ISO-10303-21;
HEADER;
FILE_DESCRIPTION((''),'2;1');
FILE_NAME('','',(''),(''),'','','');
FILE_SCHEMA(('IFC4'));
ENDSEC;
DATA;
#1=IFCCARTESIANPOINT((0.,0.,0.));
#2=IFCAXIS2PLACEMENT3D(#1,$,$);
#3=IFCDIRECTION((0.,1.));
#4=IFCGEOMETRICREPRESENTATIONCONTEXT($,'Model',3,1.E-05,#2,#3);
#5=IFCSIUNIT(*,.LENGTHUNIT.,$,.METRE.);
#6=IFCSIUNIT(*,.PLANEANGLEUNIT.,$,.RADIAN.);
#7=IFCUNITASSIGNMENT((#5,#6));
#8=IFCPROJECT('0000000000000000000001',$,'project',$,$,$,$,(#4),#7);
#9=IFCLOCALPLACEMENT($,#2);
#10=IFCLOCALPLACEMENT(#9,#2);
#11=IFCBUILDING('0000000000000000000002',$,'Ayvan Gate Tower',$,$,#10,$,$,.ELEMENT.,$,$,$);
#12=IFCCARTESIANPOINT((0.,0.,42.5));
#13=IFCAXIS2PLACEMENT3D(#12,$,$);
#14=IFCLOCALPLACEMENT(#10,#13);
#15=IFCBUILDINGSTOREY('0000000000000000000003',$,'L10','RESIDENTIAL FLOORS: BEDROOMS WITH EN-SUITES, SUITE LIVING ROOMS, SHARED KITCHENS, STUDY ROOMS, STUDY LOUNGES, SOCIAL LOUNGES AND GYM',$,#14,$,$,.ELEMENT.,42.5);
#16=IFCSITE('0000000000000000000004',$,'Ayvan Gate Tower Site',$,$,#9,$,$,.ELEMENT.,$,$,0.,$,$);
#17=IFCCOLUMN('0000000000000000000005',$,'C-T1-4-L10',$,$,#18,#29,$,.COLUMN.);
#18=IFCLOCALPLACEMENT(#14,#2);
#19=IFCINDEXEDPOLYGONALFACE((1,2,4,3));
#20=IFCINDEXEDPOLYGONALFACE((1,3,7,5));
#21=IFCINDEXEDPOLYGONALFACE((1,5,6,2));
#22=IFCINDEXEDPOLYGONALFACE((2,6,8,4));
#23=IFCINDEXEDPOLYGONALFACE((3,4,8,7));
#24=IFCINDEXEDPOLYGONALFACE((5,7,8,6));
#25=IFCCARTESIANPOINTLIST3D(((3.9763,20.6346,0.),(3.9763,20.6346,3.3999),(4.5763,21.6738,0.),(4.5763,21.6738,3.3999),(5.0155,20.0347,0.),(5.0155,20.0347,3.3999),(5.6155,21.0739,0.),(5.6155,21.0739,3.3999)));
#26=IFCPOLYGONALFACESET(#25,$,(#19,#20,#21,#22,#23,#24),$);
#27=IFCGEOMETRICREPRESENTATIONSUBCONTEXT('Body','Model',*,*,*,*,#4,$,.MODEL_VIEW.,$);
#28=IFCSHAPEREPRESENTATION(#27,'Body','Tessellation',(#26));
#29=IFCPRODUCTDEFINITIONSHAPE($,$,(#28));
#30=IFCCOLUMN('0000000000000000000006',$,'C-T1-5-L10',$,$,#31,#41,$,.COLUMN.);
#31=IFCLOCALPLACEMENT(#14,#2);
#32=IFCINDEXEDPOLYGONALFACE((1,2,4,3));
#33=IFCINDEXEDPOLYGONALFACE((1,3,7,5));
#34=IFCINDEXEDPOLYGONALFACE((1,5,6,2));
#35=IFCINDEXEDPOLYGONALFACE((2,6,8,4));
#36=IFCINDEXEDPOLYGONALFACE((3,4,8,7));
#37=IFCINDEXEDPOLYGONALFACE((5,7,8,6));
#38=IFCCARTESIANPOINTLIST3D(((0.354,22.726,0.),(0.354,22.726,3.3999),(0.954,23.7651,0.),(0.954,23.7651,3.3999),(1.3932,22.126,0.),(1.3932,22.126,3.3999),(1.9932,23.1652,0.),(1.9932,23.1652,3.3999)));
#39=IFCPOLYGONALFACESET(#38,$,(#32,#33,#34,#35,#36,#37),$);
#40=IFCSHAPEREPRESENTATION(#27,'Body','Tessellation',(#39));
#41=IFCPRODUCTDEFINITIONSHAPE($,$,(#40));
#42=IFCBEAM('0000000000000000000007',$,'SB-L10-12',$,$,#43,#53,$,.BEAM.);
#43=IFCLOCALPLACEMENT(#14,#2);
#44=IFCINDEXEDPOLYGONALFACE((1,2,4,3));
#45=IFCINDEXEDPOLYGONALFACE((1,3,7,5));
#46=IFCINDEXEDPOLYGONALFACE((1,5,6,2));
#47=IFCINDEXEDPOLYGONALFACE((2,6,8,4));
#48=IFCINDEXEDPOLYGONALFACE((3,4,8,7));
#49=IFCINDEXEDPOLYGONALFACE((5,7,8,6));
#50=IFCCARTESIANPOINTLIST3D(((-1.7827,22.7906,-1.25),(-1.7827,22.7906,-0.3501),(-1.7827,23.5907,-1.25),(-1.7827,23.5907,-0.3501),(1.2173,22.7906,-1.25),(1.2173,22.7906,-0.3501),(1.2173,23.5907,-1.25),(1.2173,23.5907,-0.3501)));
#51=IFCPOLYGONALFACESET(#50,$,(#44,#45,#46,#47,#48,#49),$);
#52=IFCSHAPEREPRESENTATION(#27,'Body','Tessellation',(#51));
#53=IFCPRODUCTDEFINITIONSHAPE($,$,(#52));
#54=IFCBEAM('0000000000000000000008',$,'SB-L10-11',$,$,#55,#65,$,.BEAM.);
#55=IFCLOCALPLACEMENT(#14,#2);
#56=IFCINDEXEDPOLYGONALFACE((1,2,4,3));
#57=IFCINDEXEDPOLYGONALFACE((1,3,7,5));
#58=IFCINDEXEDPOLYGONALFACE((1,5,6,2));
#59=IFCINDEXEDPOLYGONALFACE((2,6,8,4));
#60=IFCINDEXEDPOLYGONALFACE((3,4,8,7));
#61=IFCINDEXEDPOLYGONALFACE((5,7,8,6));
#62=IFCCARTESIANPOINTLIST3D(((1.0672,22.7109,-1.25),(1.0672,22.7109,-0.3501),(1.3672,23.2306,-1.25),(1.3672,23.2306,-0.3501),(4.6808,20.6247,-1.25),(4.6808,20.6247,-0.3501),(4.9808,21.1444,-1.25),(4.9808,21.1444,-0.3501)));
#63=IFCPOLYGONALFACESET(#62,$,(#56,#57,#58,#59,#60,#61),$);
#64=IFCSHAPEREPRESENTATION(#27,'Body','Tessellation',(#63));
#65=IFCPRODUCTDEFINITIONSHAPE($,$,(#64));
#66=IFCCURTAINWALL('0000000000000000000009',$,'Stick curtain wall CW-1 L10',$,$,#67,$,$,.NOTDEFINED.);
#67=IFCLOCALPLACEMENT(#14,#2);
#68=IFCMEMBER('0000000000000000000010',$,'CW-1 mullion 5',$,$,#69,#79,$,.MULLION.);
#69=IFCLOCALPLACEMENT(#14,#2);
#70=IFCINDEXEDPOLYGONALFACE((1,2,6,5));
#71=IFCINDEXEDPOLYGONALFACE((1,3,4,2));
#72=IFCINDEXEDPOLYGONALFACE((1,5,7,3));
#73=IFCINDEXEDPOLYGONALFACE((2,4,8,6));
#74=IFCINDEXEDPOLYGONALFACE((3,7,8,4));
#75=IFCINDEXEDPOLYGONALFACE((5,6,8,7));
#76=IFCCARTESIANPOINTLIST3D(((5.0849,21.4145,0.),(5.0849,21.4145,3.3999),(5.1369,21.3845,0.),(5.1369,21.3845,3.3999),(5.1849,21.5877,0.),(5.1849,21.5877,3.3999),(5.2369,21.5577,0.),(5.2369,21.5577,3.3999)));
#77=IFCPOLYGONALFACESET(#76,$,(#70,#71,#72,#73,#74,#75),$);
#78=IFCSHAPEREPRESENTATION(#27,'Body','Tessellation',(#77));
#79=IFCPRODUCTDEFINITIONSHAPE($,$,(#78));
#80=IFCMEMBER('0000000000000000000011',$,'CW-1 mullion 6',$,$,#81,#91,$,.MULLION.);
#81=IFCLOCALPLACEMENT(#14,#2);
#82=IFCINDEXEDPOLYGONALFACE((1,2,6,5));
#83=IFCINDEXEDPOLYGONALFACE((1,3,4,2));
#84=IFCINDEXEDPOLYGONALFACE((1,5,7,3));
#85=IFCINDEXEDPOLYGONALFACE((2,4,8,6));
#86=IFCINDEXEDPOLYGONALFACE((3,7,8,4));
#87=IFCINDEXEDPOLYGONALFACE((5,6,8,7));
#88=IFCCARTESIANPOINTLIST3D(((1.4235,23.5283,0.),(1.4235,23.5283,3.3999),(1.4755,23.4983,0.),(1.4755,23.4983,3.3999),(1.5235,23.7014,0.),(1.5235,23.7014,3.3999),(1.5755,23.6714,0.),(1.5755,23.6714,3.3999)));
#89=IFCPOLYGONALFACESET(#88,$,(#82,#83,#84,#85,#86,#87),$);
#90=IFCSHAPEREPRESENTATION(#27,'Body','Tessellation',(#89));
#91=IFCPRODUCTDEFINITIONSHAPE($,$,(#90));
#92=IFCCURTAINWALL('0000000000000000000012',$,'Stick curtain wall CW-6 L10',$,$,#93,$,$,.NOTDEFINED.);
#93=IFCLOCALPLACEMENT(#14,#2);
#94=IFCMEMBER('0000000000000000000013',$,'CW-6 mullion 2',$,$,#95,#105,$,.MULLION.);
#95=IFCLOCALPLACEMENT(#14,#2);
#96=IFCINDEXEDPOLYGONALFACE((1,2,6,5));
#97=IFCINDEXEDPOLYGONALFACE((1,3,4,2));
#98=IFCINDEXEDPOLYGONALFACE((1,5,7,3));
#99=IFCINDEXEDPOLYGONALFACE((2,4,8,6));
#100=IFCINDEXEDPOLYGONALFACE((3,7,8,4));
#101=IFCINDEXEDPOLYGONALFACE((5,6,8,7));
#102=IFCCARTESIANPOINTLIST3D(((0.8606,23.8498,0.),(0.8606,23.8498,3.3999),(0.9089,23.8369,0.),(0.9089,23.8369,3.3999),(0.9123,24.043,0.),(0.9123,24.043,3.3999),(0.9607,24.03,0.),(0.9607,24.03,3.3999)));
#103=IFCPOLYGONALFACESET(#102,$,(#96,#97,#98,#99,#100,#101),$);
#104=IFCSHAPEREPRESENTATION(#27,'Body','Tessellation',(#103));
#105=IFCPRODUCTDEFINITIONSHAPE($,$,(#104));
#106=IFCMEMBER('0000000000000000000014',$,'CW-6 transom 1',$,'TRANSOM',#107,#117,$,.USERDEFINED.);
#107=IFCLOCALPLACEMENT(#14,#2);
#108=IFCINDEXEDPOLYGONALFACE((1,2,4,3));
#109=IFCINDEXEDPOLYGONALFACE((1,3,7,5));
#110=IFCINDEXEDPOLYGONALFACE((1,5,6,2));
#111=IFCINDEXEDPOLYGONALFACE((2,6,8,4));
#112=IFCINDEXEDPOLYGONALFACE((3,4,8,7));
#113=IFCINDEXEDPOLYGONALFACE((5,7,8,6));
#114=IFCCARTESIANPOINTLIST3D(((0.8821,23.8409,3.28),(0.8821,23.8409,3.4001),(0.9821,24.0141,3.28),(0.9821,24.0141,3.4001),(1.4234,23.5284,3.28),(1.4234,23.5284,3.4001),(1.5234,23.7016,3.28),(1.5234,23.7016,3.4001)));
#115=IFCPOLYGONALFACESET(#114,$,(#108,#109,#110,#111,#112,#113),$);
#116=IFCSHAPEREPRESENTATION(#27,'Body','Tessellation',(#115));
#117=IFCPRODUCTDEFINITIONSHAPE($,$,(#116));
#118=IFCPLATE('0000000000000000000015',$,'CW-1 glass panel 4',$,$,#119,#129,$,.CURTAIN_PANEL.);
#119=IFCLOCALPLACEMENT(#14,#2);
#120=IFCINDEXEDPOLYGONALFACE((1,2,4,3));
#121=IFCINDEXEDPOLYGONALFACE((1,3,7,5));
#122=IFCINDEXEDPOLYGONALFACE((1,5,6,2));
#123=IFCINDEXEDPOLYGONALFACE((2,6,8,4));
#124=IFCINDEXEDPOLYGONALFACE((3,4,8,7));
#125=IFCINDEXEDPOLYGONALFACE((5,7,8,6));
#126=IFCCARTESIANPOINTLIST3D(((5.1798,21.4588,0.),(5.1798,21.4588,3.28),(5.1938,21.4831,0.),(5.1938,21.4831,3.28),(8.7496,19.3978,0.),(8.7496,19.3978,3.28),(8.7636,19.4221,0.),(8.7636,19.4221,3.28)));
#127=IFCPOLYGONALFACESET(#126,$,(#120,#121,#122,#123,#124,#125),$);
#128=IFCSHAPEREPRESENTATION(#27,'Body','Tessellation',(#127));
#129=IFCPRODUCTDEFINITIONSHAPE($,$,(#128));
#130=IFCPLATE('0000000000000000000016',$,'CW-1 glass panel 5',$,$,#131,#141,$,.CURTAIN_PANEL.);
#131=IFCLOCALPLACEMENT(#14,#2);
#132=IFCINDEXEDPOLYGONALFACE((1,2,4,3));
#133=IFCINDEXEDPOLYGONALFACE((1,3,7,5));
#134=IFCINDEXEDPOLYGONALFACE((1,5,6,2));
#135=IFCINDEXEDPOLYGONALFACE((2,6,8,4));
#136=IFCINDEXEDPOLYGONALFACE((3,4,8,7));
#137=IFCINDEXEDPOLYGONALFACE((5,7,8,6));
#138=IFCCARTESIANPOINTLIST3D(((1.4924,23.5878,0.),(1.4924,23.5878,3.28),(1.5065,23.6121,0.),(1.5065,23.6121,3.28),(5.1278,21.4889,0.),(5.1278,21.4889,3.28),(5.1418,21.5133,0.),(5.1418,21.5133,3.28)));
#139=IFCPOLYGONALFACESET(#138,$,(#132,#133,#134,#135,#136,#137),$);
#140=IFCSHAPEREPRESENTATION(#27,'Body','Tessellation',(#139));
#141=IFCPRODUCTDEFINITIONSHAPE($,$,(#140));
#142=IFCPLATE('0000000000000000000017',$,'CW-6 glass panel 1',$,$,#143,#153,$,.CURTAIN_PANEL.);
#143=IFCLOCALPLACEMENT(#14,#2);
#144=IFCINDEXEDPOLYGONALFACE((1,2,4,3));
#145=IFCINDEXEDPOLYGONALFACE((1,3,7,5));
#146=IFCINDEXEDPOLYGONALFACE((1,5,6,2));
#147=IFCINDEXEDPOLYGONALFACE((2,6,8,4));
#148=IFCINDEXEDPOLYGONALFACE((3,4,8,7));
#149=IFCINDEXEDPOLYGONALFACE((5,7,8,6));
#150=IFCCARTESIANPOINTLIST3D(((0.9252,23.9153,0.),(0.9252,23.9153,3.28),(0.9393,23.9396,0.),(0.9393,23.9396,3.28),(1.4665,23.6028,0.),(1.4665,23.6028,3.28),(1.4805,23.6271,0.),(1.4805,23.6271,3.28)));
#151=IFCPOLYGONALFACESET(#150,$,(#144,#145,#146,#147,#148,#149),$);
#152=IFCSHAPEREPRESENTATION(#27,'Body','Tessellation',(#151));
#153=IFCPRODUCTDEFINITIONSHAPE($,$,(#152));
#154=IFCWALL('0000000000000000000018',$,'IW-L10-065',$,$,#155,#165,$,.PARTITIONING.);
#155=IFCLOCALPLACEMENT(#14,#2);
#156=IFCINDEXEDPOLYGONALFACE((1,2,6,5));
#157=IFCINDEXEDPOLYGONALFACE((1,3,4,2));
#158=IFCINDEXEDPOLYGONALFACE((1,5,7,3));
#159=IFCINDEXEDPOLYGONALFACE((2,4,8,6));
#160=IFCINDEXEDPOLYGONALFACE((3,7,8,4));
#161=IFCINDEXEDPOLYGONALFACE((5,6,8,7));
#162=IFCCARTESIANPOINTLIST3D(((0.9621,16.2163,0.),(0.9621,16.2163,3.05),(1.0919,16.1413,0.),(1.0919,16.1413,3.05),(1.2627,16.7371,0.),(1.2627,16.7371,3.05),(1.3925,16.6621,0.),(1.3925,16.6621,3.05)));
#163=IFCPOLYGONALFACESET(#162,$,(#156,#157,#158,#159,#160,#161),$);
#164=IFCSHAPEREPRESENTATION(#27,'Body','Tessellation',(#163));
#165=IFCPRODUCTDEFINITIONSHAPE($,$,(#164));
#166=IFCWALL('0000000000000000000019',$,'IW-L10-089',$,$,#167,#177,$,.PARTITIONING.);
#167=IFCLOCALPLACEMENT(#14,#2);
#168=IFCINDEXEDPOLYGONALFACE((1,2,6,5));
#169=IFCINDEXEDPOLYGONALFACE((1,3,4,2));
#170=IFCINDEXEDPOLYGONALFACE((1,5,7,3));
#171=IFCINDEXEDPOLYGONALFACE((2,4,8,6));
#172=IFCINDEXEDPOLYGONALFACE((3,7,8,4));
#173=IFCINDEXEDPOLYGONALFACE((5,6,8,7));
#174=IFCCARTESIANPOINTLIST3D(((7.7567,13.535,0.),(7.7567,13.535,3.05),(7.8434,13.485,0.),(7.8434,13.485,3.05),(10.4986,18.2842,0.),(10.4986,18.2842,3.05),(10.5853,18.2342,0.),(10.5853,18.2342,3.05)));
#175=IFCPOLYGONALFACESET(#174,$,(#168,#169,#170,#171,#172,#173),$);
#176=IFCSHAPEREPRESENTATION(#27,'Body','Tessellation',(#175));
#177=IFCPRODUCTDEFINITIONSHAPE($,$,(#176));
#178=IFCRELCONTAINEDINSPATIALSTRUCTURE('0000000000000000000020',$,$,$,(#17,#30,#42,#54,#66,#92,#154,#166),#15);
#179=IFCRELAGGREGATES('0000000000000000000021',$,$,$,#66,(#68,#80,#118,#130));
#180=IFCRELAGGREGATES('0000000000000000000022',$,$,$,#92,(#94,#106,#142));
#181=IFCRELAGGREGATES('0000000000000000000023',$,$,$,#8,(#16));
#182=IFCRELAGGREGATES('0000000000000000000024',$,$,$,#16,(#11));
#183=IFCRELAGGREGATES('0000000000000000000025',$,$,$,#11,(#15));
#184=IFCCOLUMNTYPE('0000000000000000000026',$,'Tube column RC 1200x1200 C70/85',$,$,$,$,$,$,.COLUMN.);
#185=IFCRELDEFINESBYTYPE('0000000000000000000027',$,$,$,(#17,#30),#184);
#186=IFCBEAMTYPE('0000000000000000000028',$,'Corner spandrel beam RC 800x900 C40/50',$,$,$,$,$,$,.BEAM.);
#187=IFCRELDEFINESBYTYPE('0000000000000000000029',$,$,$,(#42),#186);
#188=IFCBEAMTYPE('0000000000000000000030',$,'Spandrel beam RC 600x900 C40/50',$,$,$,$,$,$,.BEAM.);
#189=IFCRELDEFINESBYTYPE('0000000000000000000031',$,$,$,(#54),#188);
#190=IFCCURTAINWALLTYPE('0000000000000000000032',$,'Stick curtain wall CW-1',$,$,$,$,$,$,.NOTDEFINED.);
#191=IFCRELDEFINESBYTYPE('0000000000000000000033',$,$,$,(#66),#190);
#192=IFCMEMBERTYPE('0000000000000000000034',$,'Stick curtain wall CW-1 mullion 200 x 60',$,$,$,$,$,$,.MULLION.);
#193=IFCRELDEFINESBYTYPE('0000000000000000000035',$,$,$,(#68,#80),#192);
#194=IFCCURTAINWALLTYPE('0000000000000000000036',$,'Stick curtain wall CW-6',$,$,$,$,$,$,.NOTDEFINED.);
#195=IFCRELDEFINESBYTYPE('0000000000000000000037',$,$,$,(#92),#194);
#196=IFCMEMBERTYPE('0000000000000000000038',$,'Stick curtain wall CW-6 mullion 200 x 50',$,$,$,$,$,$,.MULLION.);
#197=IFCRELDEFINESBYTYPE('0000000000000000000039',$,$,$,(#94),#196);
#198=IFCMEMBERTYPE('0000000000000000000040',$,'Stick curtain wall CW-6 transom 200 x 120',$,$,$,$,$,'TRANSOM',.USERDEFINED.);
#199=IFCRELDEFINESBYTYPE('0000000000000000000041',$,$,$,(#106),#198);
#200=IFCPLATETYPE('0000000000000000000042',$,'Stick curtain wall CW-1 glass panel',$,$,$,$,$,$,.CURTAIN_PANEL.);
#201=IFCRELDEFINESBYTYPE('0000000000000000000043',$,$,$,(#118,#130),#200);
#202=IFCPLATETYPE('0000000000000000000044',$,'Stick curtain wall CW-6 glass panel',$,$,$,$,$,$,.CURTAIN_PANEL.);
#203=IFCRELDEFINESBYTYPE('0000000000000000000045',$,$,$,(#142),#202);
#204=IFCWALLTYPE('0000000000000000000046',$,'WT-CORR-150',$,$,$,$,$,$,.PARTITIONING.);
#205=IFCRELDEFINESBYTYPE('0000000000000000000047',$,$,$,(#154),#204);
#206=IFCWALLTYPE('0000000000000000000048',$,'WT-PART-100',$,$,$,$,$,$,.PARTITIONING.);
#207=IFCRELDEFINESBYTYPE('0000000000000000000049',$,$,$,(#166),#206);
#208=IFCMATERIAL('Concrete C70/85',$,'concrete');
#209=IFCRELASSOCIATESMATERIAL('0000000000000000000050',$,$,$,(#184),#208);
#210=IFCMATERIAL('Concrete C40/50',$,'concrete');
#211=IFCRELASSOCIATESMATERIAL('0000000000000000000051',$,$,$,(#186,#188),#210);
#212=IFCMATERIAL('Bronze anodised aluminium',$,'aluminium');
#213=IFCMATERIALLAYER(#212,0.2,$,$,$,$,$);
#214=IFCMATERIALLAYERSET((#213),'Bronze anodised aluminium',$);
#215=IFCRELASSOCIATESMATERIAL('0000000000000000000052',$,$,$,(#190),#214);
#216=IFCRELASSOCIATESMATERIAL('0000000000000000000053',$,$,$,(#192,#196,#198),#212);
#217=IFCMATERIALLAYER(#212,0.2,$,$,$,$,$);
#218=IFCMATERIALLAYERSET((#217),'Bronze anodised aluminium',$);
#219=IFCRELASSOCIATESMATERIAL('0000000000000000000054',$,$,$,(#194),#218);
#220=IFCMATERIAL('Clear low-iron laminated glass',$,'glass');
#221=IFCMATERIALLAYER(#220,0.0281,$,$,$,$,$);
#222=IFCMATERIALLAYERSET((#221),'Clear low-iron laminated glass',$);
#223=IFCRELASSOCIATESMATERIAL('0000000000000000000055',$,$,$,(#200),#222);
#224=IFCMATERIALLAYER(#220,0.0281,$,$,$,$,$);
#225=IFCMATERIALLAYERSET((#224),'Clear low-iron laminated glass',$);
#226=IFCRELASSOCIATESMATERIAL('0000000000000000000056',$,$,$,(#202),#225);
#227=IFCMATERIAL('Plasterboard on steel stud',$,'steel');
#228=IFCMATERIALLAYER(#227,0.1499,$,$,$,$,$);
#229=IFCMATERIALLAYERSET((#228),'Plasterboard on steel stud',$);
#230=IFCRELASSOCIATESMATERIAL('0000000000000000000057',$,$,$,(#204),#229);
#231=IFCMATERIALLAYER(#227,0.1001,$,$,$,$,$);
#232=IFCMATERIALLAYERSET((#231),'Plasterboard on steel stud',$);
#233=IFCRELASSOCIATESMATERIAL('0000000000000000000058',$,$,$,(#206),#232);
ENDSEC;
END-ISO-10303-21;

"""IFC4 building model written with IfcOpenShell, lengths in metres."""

from ifc_helpers import new_model, si_unit, direction, frame, frame_2d, origin, origin_2d, place, context, subcontext, project, spatial, rectangle, extrude, material, layer, layer_set, material_profile, profile_set, type_object, element, aggregate, save


model = new_model("IFC4")

# Units and contexts
model_context = context("Model", 3, precision=1e-05, world=origin(), true_north=direction((0.0, 1.0)))
body_context = subcontext(model_context, "Body", "Model", "MODEL_VIEW")
ifc_project = project(units=[si_unit("LENGTHUNIT", "METRE"), si_unit("PLANEANGLEUNIT", "RADIAN")], contexts=[model_context])

# Site, building, storey
site_placement = place(None, origin())
site = spatial("IfcSite", under=ifc_project, at=site_placement, Name="Ayvan Gate Tower Site", CompositionType="ELEMENT", RefElevation=0.0)
building_placement = place(site_placement, origin())
building = spatial("IfcBuilding", under=site, at=building_placement, Name="Ayvan Gate Tower", CompositionType="ELEMENT")
storey_placement = place(building_placement, frame((0.0, 0.0, 42.5)))
storey = spatial("IfcBuildingStorey", under=building, at=storey_placement, Name="L10", Description="RESIDENTIAL FLOORS: BEDROOMS WITH EN-SUITES, SUITE LIVING ROOMS, SHARED KITCHENS, STUDY ROOMS, STUDY LOUNGES, SOCIAL LOUNGES AND GYM", CompositionType="ELEMENT", Elevation=42.5)

# Columns
ifc_material_1 = material(Name="Concrete C70/85", Category="concrete")
ifc_material_profile_1 = material_profile(ifc_material_1, rectangle(XDim=1.2, YDim=1.2, at=origin_2d()), Name="RC 1200x1200")
ifc_profile_set_1 = profile_set([ifc_material_profile_1], Name="Concrete C70/85")
column_type = type_object("IfcColumnType", Name="Tube column RC 1200x1200 C70/85", PredefinedType="COLUMN", material=ifc_profile_set_1)
for number, where, z_axis, x_axis, name in (
    (1, (4.7959, 20.8542, 0.0), (0.0, 0.0, 1.0), (0.5, 0.866025, 0.0), "C-T1-4-L10"),
    (2, (1.1736, 22.9456, 0.0), (0.0, 0.0, 1.0), (0.5, 0.866025, 0.0), "C-T1-5-L10"),
):
    element("IfcColumn", number, at=place(storey_placement, frame(where, z_axis=z_axis, x_axis=x_axis)), inside=storey, type_object=column_type, Name=name, PredefinedType="COLUMN", context=body_context, shape_type="SweptSolid", body=[
        extrude(rectangle(XDim=1.2, YDim=1.2, at=origin_2d()), origin(), (0.0, 0.0, 1.0), 3.3999),
    ])

# Beams
ifc_material_2 = material(Name="Concrete C40/50", Category="concrete")
ifc_material_profile_2 = material_profile(ifc_material_2, rectangle(XDim=0.8, YDim=0.8999, at=origin_2d()), Name="RC 800x900")
ifc_profile_set_2 = profile_set([ifc_material_profile_2], Name="Concrete C40/50")
beam_type_1 = type_object("IfcBeamType", Name="Corner spandrel beam RC 800x900 C40/50", PredefinedType="BEAM", material=ifc_profile_set_2)
beam_1_placement = place(storey_placement, frame((1.2173, 23.1907, -0.8), z_axis=(-1.0, 0.0, 0.0), x_axis=(0.0, -1.0, 0.0)))
element("IfcBeam", 3, at=beam_1_placement, inside=storey, type_object=beam_type_1, Name="SB-L10-12", PredefinedType="BEAM", context=body_context, shape_type="SweptSolid", body=[
    extrude(rectangle(XDim=0.8, YDim=0.8999, at=origin_2d()), origin(), (0.0, 0.0, 1.0), 3.0),
])
ifc_material_profile_3 = material_profile(ifc_material_2, rectangle(XDim=0.6001, YDim=0.8999, at=origin_2d()), Name="RC 600x900")
ifc_profile_set_3 = profile_set([ifc_material_profile_3], Name="Concrete C40/50")
beam_type_2 = type_object("IfcBeamType", Name="Spandrel beam RC 600x900 C40/50", PredefinedType="BEAM", material=ifc_profile_set_3)
beam_2_placement = place(storey_placement, frame((4.8308, 20.8845, -0.8), z_axis=(-0.866035, 0.499984, 0.0), x_axis=(-0.499984, -0.866035, 0.0)))
element("IfcBeam", 4, at=beam_2_placement, inside=storey, type_object=beam_type_2, Name="SB-L10-11", PredefinedType="BEAM", context=body_context, shape_type="SweptSolid", body=[
    extrude(rectangle(XDim=0.6001, YDim=0.8999, at=origin_2d()), origin(), (0.0, 0.0, 1.0), 4.1726),
])

# Curtain walls, members
ifc_material_3 = material(Name="Bronze anodised aluminium", Category="aluminium")
ifc_layer_1 = layer(ifc_material_3, 0.2)
ifc_layer_set_1 = layer_set([ifc_layer_1], Name="Bronze anodised aluminium")
curtain_wall_type_1 = type_object("IfcCurtainWallType", Name="Stick curtain wall CW-1", PredefinedType="NOTDEFINED", material=ifc_layer_set_1)
curtain_wall_1_placement = place(storey_placement, origin())
curtain_wall_1 = element("IfcCurtainWall", 5, at=curtain_wall_1_placement, inside=storey, type_object=curtain_wall_type_1, Name="Stick curtain wall CW-1 L10", PredefinedType="NOTDEFINED")
ifc_material_profile_4 = material_profile(ifc_material_3, rectangle(XDim=0.2, YDim=0.0601, at=origin_2d()), Name="Stick curtain wall CW-1 mullion 200 x 60")
ifc_profile_set_4 = profile_set([ifc_material_profile_4], Name="Bronze anodised aluminium")
member_type_1 = type_object("IfcMemberType", Name="Stick curtain wall CW-1 mullion 200 x 60", PredefinedType="MULLION", material=ifc_profile_set_4)
member_1_placement = place(storey_placement, frame((5.1609, 21.4861, 0.0), z_axis=(0.0, 0.0, 1.0), x_axis=(0.5, 0.866025, 0.0)))
member_1 = element("IfcMember", 6, at=member_1_placement, type_object=member_type_1, Name="CW-1 mullion 5", PredefinedType="MULLION", context=body_context, shape_type="SweptSolid", body=[
    extrude(rectangle(XDim=0.2, YDim=0.0601, at=origin_2d()), origin(), (0.0, 0.0, 1.0), 3.3999),
])
member_2_placement = place(storey_placement, frame((1.4995, 23.5999, 0.0), z_axis=(0.0, 0.0, 1.0), x_axis=(0.5, 0.866025, 0.0)))
member_2 = element("IfcMember", 7, at=member_2_placement, type_object=member_type_1, Name="CW-1 mullion 6", PredefinedType="MULLION", context=body_context, shape_type="SweptSolid", body=[
    extrude(rectangle(XDim=0.2, YDim=0.0601, at=origin_2d()), origin(), (0.0, 0.0, 1.0), 3.3999),
])
ifc_layer_2 = layer(ifc_material_3, 0.2)
ifc_layer_set_2 = layer_set([ifc_layer_2], Name="Bronze anodised aluminium")
curtain_wall_type_2 = type_object("IfcCurtainWallType", Name="Stick curtain wall CW-6", PredefinedType="NOTDEFINED", material=ifc_layer_set_2)
curtain_wall_2_placement = place(storey_placement, origin())
curtain_wall_2 = element("IfcCurtainWall", 8, at=curtain_wall_2_placement, inside=storey, type_object=curtain_wall_type_2, Name="Stick curtain wall CW-6 L10", PredefinedType="NOTDEFINED")
ifc_material_profile_5 = material_profile(ifc_material_3, rectangle(XDim=0.2, YDim=0.05, at=origin_2d()), Name="Stick curtain wall CW-6 mullion 200 x 50")
ifc_profile_set_5 = profile_set([ifc_material_profile_5], Name="Bronze anodised aluminium")
member_type_2 = type_object("IfcMemberType", Name="Stick curtain wall CW-6 mullion 200 x 50", PredefinedType="MULLION", material=ifc_profile_set_5)
member_3_placement = place(storey_placement, frame((0.9106, 23.9399, 0.0), z_axis=(0.0, 0.0, 1.0), x_axis=(0.258819, 0.965926, 0.0)))
member_3 = element("IfcMember", 9, at=member_3_placement, type_object=member_type_2, Name="CW-6 mullion 2", PredefinedType="MULLION", context=body_context, shape_type="SweptSolid", body=[
    extrude(rectangle(XDim=0.2, YDim=0.05, at=origin_2d()), origin(), (0.0, 0.0, 1.0), 3.3999),
])
ifc_material_profile_6 = material_profile(ifc_material_3, rectangle(XDim=0.2, YDim=0.1201, at=origin_2d()), Name="Stick curtain wall CW-6 transom 200 x 120")
ifc_profile_set_6 = profile_set([ifc_material_profile_6], Name="Bronze anodised aluminium")
member_type_3 = type_object("IfcMemberType", Name="Stick curtain wall CW-6 transom 200 x 120", ElementType="TRANSOM", PredefinedType="USERDEFINED", material=ifc_profile_set_6)
member_4_placement = place(storey_placement, frame((1.4734, 23.615, 3.3401), z_axis=(-0.866023, 0.500004, 0.0), x_axis=(-0.500004, -0.866023, 0.0)))
member_4 = element("IfcMember", 10, at=member_4_placement, type_object=member_type_3, Name="CW-6 transom 1", ObjectType="TRANSOM", PredefinedType="USERDEFINED", context=body_context, shape_type="SweptSolid", body=[
    extrude(rectangle(XDim=0.2, YDim=0.1201, at=origin_2d()), origin(), (0.0, 0.0, 1.0), 0.625),
])

# Plates
ifc_material_4 = material(Name="Clear low-iron laminated glass", Category="glass")
ifc_layer_3 = layer(ifc_material_4, 0.0281)
ifc_layer_set_3 = layer_set([ifc_layer_3], Name="Clear low-iron laminated glass")
plate_type_1 = type_object("IfcPlateType", Name="Stick curtain wall CW-1 glass panel", PredefinedType="CURTAIN_PANEL", material=ifc_layer_set_3)
plate_1_placement = place(storey_placement, frame((6.9717, 20.4404, 0.0), z_axis=(0.0, 0.0, 1.0), x_axis=(-0.866025, 0.5, 0.0)))
plate_1 = element("IfcPlate", 11, at=plate_1_placement, type_object=plate_type_1, Name="CW-1 glass panel 4", PredefinedType="CURTAIN_PANEL", context=body_context, shape_type="SweptSolid", body=[
    extrude(rectangle(XDim=4.1221, YDim=0.0281, at=origin_2d()), origin(), (0.0, 0.0, 1.0), 3.28),
])
plate_2_placement = place(storey_placement, frame((3.3171, 22.5505, 0.0), z_axis=(0.0, 0.0, 1.0), x_axis=(-0.866025, 0.5, 0.0)))
plate_2 = element("IfcPlate", 12, at=plate_2_placement, type_object=plate_type_1, Name="CW-1 glass panel 5", PredefinedType="CURTAIN_PANEL", context=body_context, shape_type="SweptSolid", body=[
    extrude(rectangle(XDim=4.1978, YDim=0.0281, at=origin_2d()), origin(), (0.0, 0.0, 1.0), 3.28),
])
aggregate(curtain_wall_1, [member_1, member_2, plate_1, plate_2])
ifc_layer_4 = layer(ifc_material_4, 0.0281)
ifc_layer_set_4 = layer_set([ifc_layer_4], Name="Clear low-iron laminated glass")
plate_type_2 = type_object("IfcPlateType", Name="Stick curtain wall CW-6 glass panel", PredefinedType="CURTAIN_PANEL", material=ifc_layer_set_4)
plate_3_placement = place(storey_placement, frame((1.2029, 23.7712, 0.0), z_axis=(0.0, 0.0, 1.0), x_axis=(-0.866025, 0.5, 0.0)))
plate_3 = element("IfcPlate", 13, at=plate_3_placement, type_object=plate_type_2, Name="CW-6 glass panel 1", PredefinedType="CURTAIN_PANEL", context=body_context, shape_type="SweptSolid", body=[
    extrude(rectangle(XDim=0.625, YDim=0.0281, at=origin_2d()), origin(), (0.0, 0.0, 1.0), 3.28),
])
aggregate(curtain_wall_2, [member_3, member_4, plate_3])

# Walls
ifc_material_5 = material(Name="Plasterboard on steel stud", Category="steel")
ifc_layer_5 = layer(ifc_material_5, 0.1499)
ifc_layer_set_5 = layer_set([ifc_layer_5], Name="Plasterboard on steel stud")
wall_type_1 = type_object("IfcWallType", Name="WT-CORR-150", PredefinedType="PARTITIONING", material=ifc_layer_set_5)
wall_1_placement = place(storey_placement, frame((1.3276, 16.6997, 0.0), z_axis=(0.0, 0.0, 1.0), x_axis=(-0.499851, -0.866111, 0.0)))
element("IfcWall", 14, at=wall_1_placement, inside=storey, type_object=wall_type_1, Name="IW-L10-065", PredefinedType="PARTITIONING", context=body_context, shape_type="SweptSolid", body=[
    extrude(rectangle(XDim=0.6013, YDim=0.1499, at=frame_2d((0.3008, 0.0))), origin(), (0.0, 0.0, 1.0), 3.05),
])
ifc_layer_6 = layer(ifc_material_5, 0.1001)
ifc_layer_set_6 = layer_set([ifc_layer_6], Name="Plasterboard on steel stud")
wall_type_2 = type_object("IfcWallType", Name="WT-PART-100", PredefinedType="PARTITIONING", material=ifc_layer_set_6)
wall_2_placement = place(storey_placement, frame((7.8, 13.51, 0.0), z_axis=(0.0, 0.0, 1.0), x_axis=(0.499993, 0.866029, 0.0)))
element("IfcWall", 15, at=wall_2_placement, inside=storey, type_object=wall_type_2, Name="IW-L10-089", PredefinedType="PARTITIONING", context=body_context, shape_type="SweptSolid", body=[
    extrude(rectangle(XDim=5.4839, YDim=0.1001, at=frame_2d((2.7419, 0.0))), origin(), (0.0, 0.0, 1.0), 3.05),
])

save(model, "model.ifc")
